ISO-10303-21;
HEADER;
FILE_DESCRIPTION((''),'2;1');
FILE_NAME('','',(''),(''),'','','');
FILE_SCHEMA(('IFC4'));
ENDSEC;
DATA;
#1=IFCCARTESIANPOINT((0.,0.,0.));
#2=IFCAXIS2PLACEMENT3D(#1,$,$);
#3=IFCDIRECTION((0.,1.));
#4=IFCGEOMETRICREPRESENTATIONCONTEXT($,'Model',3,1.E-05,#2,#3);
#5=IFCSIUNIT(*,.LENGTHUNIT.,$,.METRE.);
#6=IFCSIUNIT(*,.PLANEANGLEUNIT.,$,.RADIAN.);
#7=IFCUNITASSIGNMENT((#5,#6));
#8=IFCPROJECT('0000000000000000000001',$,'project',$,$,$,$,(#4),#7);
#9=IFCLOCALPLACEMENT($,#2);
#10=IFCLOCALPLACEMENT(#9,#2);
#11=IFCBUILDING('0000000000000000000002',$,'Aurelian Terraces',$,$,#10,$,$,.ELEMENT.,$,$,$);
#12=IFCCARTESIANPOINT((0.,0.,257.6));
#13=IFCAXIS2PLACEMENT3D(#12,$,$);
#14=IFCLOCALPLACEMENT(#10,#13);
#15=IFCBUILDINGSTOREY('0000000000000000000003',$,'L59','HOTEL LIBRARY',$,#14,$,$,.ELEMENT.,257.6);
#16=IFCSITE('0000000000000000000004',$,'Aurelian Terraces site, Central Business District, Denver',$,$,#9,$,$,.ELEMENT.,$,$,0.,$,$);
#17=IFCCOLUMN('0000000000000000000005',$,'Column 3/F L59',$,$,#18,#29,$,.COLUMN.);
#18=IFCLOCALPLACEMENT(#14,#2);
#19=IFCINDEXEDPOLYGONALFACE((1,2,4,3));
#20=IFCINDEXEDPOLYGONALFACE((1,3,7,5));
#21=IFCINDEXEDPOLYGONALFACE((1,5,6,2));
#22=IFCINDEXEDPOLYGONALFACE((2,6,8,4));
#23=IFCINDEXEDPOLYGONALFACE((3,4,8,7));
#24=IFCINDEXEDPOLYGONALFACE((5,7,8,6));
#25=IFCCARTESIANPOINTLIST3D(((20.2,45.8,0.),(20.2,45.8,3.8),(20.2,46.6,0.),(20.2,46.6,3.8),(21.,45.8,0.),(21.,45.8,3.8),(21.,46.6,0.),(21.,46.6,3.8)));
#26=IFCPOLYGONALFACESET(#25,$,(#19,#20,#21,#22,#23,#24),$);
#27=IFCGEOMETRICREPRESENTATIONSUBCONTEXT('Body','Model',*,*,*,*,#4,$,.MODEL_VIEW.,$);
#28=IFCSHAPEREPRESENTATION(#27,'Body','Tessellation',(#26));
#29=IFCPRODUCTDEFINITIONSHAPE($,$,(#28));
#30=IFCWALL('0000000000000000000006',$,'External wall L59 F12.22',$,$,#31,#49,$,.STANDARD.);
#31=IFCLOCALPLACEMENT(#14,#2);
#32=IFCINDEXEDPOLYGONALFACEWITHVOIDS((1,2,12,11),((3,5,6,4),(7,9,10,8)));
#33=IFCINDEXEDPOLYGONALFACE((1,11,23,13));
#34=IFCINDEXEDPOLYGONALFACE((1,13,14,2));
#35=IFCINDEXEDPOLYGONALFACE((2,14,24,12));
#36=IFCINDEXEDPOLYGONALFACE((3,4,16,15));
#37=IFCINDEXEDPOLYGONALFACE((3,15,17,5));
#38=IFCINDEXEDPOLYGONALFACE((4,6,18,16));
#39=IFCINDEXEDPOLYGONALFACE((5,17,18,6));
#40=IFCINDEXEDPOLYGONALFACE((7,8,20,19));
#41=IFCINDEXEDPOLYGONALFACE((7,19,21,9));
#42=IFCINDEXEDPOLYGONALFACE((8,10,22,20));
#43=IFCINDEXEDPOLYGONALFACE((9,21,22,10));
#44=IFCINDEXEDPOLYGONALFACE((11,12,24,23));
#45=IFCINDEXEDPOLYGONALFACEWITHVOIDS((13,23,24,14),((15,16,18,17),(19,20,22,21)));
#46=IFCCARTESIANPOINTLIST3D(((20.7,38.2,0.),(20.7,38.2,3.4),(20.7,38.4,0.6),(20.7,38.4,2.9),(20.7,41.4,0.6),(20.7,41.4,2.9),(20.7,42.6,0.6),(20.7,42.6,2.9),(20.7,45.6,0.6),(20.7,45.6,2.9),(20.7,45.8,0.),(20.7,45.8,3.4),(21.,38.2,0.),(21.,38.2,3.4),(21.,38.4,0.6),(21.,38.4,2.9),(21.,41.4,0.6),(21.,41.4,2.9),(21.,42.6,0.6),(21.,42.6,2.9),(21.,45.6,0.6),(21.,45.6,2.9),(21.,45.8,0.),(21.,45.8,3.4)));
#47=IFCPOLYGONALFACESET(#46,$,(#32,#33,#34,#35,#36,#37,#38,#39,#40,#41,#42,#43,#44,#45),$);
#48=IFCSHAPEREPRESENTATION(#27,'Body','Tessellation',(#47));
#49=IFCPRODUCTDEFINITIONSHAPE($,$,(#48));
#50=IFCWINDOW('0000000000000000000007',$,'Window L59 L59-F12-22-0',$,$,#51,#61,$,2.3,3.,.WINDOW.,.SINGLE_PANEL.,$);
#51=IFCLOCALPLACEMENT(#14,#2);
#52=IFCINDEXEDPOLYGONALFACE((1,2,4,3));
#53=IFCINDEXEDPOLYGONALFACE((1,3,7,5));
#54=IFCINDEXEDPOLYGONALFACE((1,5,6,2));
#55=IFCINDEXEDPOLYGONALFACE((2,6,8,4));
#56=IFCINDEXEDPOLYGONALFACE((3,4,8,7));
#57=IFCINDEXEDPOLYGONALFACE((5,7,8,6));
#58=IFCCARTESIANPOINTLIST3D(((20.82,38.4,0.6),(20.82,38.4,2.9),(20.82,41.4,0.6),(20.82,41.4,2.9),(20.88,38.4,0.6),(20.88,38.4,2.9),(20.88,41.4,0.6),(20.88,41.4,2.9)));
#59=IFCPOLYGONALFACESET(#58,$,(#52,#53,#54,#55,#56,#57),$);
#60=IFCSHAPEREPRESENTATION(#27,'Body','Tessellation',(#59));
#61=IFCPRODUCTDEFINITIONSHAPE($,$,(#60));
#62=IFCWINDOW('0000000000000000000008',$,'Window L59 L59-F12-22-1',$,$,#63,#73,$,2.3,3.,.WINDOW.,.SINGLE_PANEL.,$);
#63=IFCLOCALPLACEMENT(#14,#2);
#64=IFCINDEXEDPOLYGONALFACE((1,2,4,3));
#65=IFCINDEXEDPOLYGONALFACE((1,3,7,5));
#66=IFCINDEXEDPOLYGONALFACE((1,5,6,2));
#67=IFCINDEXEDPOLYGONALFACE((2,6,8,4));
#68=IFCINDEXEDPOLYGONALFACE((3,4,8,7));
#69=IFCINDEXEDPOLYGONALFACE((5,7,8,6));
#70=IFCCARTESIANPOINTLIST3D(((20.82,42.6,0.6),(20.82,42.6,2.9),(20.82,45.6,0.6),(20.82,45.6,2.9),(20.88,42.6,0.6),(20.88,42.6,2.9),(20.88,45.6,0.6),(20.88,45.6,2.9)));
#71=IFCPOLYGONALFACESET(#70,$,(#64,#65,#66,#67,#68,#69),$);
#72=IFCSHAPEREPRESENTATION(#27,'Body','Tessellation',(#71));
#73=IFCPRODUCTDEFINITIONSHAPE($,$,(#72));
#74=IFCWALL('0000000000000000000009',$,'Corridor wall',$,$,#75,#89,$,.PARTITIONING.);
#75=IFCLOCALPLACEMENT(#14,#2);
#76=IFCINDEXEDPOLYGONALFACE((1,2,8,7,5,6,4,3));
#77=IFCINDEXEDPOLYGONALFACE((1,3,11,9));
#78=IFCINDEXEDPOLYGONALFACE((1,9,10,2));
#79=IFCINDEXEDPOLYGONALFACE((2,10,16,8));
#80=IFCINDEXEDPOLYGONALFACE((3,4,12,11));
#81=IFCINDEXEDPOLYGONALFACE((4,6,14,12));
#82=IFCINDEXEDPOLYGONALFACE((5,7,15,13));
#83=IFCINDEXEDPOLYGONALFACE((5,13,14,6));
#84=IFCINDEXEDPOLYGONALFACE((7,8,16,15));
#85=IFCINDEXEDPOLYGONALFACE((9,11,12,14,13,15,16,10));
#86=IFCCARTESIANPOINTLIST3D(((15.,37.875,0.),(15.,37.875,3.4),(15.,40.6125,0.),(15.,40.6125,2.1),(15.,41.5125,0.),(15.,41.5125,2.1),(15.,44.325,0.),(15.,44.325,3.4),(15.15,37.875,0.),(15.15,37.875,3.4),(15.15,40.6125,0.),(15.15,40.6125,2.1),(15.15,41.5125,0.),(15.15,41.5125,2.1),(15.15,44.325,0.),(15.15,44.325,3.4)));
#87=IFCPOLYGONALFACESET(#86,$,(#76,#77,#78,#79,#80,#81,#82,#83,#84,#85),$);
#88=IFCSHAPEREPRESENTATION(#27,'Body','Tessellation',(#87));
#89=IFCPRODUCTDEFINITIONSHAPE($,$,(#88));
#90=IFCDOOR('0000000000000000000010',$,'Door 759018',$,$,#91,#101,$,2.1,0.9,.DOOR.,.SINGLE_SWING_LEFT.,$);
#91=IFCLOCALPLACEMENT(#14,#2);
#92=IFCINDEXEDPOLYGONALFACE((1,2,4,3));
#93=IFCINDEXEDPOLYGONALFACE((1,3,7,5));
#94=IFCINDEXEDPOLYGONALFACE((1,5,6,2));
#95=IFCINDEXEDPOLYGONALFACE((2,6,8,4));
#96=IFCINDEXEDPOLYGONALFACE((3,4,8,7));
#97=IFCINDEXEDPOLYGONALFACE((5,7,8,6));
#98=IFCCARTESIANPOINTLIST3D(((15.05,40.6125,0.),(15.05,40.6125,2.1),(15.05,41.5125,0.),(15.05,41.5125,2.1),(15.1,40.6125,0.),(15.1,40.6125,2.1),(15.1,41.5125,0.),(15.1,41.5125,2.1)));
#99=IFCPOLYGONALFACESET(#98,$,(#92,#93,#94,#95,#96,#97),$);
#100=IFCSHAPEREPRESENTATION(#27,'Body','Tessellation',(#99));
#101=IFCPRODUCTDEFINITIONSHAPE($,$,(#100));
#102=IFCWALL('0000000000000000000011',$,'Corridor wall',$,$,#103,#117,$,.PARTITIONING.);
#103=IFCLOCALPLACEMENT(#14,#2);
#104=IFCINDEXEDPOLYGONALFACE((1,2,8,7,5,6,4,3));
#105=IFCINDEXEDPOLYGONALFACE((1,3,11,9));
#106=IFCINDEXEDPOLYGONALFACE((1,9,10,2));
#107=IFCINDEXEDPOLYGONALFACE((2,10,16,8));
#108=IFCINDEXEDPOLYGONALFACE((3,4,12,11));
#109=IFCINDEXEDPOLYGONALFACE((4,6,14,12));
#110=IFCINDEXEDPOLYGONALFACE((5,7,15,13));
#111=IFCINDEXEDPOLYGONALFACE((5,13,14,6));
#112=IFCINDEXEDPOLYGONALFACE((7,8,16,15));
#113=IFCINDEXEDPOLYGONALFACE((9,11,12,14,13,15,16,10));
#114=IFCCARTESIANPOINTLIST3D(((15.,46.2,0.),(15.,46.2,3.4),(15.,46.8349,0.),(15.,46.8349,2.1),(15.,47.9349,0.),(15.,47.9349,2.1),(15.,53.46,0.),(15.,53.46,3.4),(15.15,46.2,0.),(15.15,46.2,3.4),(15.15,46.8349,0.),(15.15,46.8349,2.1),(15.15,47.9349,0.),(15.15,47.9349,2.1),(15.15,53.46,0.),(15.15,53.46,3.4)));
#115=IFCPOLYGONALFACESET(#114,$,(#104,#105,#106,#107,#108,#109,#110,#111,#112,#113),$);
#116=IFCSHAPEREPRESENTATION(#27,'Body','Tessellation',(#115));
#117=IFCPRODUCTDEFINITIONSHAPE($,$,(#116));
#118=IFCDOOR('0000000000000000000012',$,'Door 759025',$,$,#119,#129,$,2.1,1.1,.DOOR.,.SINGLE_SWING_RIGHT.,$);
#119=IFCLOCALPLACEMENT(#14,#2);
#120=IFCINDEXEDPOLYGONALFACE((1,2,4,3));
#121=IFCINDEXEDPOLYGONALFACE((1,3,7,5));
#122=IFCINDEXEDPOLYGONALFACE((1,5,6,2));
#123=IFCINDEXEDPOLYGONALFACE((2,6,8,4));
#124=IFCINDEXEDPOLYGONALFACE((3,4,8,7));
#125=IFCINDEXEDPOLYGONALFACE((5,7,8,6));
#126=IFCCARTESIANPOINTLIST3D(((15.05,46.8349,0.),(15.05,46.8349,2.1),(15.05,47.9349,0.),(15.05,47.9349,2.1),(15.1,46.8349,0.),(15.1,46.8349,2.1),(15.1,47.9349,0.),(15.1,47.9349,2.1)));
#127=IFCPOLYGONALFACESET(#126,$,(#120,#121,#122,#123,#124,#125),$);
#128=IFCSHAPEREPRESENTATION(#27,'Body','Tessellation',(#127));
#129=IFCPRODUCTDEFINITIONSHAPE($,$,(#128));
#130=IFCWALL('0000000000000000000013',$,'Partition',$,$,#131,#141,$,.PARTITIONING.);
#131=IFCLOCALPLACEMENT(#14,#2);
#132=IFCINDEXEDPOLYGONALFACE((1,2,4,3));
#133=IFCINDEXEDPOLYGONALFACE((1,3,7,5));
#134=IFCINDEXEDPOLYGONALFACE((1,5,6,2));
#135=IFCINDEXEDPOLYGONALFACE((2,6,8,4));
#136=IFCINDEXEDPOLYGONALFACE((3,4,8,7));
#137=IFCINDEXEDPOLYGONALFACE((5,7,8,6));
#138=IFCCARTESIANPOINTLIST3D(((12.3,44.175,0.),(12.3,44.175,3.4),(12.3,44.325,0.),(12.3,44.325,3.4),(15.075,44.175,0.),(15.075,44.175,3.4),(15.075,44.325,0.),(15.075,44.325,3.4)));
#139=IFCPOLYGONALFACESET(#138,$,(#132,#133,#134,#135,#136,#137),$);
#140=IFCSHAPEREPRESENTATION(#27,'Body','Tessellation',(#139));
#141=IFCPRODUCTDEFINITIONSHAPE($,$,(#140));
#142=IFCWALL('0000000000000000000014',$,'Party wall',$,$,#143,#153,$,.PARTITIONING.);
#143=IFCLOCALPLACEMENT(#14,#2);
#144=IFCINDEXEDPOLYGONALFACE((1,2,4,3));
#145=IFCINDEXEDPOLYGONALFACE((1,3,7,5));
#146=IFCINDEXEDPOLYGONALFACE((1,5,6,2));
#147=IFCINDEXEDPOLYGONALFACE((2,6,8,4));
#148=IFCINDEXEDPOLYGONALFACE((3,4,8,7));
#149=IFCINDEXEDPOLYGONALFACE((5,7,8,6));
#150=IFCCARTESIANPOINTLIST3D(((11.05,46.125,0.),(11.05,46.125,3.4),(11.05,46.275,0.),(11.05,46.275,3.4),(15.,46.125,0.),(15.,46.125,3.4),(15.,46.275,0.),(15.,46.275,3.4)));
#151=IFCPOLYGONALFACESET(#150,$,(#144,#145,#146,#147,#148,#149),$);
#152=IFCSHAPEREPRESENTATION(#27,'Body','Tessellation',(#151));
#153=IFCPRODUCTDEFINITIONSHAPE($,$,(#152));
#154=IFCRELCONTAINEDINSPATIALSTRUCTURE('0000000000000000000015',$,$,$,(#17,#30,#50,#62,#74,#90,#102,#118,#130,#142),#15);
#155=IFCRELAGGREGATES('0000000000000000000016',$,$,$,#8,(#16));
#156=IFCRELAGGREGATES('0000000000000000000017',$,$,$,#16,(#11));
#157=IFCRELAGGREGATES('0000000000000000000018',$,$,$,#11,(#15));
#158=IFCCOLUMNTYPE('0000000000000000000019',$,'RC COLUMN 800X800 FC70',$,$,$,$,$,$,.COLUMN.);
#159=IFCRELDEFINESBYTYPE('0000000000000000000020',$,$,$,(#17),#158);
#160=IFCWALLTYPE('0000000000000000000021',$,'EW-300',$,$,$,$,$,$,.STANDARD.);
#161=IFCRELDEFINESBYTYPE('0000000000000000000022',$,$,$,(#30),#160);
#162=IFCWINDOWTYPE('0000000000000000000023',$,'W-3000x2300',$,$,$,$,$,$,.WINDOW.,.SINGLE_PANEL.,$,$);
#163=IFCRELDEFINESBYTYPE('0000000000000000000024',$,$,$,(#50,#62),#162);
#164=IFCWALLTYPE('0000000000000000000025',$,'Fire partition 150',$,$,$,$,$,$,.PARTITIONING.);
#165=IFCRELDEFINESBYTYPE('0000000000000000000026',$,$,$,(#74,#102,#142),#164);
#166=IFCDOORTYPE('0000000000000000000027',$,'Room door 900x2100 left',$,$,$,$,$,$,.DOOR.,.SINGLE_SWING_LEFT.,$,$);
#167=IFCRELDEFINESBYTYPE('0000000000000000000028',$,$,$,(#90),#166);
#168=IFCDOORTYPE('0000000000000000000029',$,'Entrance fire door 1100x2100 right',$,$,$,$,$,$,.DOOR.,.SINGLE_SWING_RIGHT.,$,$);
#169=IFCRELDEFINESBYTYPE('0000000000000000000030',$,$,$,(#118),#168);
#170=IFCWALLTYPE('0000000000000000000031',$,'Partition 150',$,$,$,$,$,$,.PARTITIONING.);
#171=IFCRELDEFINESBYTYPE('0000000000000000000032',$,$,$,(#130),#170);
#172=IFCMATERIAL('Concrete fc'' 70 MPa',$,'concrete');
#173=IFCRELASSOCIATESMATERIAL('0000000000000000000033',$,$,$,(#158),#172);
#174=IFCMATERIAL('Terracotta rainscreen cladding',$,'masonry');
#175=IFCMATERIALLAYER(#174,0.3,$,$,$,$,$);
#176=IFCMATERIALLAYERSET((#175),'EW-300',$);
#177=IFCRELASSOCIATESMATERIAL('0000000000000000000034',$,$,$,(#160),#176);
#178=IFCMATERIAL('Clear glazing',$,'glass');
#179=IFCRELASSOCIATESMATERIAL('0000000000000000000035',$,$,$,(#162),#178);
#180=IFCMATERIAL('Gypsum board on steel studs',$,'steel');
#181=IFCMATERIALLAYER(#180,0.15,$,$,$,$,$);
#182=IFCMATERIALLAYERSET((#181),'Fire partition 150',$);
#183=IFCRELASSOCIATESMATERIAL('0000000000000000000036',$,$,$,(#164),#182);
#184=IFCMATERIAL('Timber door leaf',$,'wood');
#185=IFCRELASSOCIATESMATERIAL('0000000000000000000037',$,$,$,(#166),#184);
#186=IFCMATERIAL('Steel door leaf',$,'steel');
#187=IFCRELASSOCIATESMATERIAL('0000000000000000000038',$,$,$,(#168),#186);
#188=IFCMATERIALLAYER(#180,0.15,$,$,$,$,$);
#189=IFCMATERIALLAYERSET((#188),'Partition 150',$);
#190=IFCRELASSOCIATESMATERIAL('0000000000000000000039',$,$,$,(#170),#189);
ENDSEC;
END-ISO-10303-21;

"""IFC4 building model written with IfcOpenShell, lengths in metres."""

from ifc_helpers import new_model, si_unit, direction, frame, frame_2d, origin, origin_2d, place, context, subcontext, project, spatial, rectangle, extrude, source, transform, mapped, material, layer, layer_set, material_profile, profile_set, type_object, element, fill, save


model = new_model("IFC4")

# Units and contexts
model_context = context("Model", 3, precision=1e-05, world=origin(), true_north=direction((0.0, 1.0)))
body_context = subcontext(model_context, "Body", "Model", "MODEL_VIEW")
ifc_project = project(units=[si_unit("LENGTHUNIT", "METRE"), si_unit("PLANEANGLEUNIT", "RADIAN")], contexts=[model_context])

# Site, building, storey
site_placement = place(None, origin())
site = spatial("IfcSite", under=ifc_project, at=site_placement, Name="Aurelian Terraces site, Central Business District, Denver", CompositionType="ELEMENT", RefElevation=0.0)
building_placement = place(site_placement, origin())
building = spatial("IfcBuilding", under=site, at=building_placement, Name="Aurelian Terraces", CompositionType="ELEMENT")
storey_placement = place(building_placement, frame((0.0, 0.0, 257.6)))
storey = spatial("IfcBuildingStorey", under=building, at=storey_placement, Name="L59", Description="HOTEL LIBRARY", CompositionType="ELEMENT", Elevation=257.6)

# Column
ifc_material_1 = material(Name="Concrete fc' 70 MPa", Category="concrete")
ifc_material_profile = material_profile(ifc_material_1, rectangle(XDim=0.8, YDim=0.8, at=origin_2d()))
ifc_profile_set = profile_set([ifc_material_profile], Name="Concrete fc' 70 MPa")
column_type = type_object("IfcColumnType", Name="RC COLUMN 800X800 FC70", PredefinedType="COLUMN", material=ifc_profile_set)
shared_shape_1 = source(origin(), body_context, "Body", "SweptSolid", [
    extrude(rectangle(XDim=0.8, YDim=0.8, at=origin_2d()), origin(), (0.0, 0.0, 1.0), 3.8),
])
column_placement = place(storey_placement, frame((20.6, 46.2, 0.0), z_axis=(0.0, 0.0, 1.0), x_axis=(1.0, 0.0, 0.0)))
element("IfcColumn", 1, at=column_placement, inside=storey, type_object=column_type, Name="Column 3/F L59", PredefinedType="COLUMN", context=body_context, shape_type="MappedRepresentation", body=[
    mapped(shared_shape_1, transform((0.0, 0.0, 0.0), scale=1.0)),
])

# Wall, openings, windows
ifc_material_2 = material(Name="Terracotta rainscreen cladding", Category="masonry")
ifc_layer_1 = layer(ifc_material_2, 0.3)
ifc_layer_set_1 = layer_set([ifc_layer_1], Name="EW-300")
wall_type_1 = type_object("IfcWallType", Name="EW-300", PredefinedType="STANDARD", material=ifc_layer_set_1)
shared_shape_2 = source(origin(), body_context, "Body", "SweptSolid", [
    extrude(rectangle(XDim=7.6, YDim=0.3, at=frame_2d((3.8, 0.0))), origin(), (0.0, 0.0, 1.0), 3.4),
])
wall_1_placement = place(storey_placement, frame((20.85, 38.2, 0.0), z_axis=(0.0, 0.0, 1.0), x_axis=(0.0, 1.0, 0.0)))
wall_1 = element("IfcWall", 2, at=wall_1_placement, inside=storey, type_object=wall_type_1, Name="External wall L59 F12.22", PredefinedType="STANDARD", context=body_context, shape_type="MappedRepresentation", body=[
    mapped(shared_shape_2, transform((0.0, 0.0, 0.0), scale=1.0)),
])
shared_shape_3 = source(origin(), body_context, "Body", "SweptSolid", [
    extrude(rectangle(XDim=3.0, YDim=2.3, at=frame_2d((1.5, 1.15))), frame((0.0, 0.16, 0.0), z_axis=(0.0, -1.0, 0.0), x_axis=(1.0, 0.0, 0.0)), (0.0, 0.0, 1.0), 0.32),
])
opening_1_placement = place(wall_1_placement, frame((0.2, 0.0, 0.6)))
opening_1 = element("IfcOpeningElement", 3, at=opening_1_placement, cuts=wall_1, PredefinedType="OPENING", context=body_context, shape_type="MappedRepresentation", body=[
    mapped(shared_shape_3, transform((0.0, 0.0, 0.0), scale=1.0)),
])
opening_2_placement = place(wall_1_placement, frame((4.4, 0.0, 0.6)))
opening_2 = element("IfcOpeningElement", 4, at=opening_2_placement, cuts=wall_1, PredefinedType="OPENING", context=body_context, shape_type="MappedRepresentation", body=[
    mapped(shared_shape_3, transform((0.0, 0.0, 0.0), scale=1.0)),
])
ifc_material_3 = material(Name="Clear glazing", Category="glass")
window_type = type_object("IfcWindowType", Name="W-3000x2300", PartitioningType="SINGLE_PANEL", PredefinedType="WINDOW", material=ifc_material_3)
shared_shape_4 = source(origin(), body_context, "Body", "SweptSolid", [
    extrude(rectangle(XDim=3.0, YDim=2.3, at=frame_2d((1.5, 1.15))), frame((0.0, 0.03, 0.0), z_axis=(0.0, -1.0, 0.0), x_axis=(1.0, 0.0, 0.0)), (0.0, 0.0, 1.0), 0.06),
])
window_1_placement = place(opening_1_placement, origin())
window_1 = element("IfcWindow", 5, at=window_1_placement, inside=storey, type_object=window_type, Name="Window L59 L59-F12-22-0", OverallHeight=2.3, OverallWidth=3.0, PartitioningType="SINGLE_PANEL", PredefinedType="WINDOW", context=body_context, shape_type="MappedRepresentation", body=[
    mapped(shared_shape_4, transform((0.0, 0.0, 0.0), scale=1.0)),
])
fill(opening_1, window_1)
window_2_placement = place(opening_2_placement, origin())
window_2 = element("IfcWindow", 6, at=window_2_placement, inside=storey, type_object=window_type, Name="Window L59 L59-F12-22-1", OverallHeight=2.3, OverallWidth=3.0, PartitioningType="SINGLE_PANEL", PredefinedType="WINDOW", context=body_context, shape_type="MappedRepresentation", body=[
    mapped(shared_shape_4, transform((0.0, 0.0, 0.0), scale=1.0)),
])
fill(opening_2, window_2)

# Walls, openings, doors
ifc_material_4 = material(Name="Gypsum board on steel studs", Category="steel")
ifc_layer_2 = layer(ifc_material_4, 0.15)
ifc_layer_set_2 = layer_set([ifc_layer_2], Name="Fire partition 150")
wall_type_2 = type_object("IfcWallType", Name="Fire partition 150", PredefinedType="PARTITIONING", material=ifc_layer_set_2)
shared_shape_5 = source(origin(), body_context, "Body", "SweptSolid", [
    extrude(rectangle(XDim=6.45, YDim=0.15, at=frame_2d((3.225, 0.0))), origin(), (0.0, 0.0, 1.0), 3.4),
])
wall_2_placement = place(storey_placement, frame((15.075, 37.875, 0.0), z_axis=(0.0, 0.0, 1.0), x_axis=(0.0, 1.0, 0.0)))
wall_2 = element("IfcWall", 7, at=wall_2_placement, inside=storey, type_object=wall_type_2, Name="Corridor wall", PredefinedType="PARTITIONING", context=body_context, shape_type="MappedRepresentation", body=[
    mapped(shared_shape_5, transform((0.0, 0.0, 0.0), scale=1.0)),
])
shared_shape_6 = source(origin(), body_context, "Body", "SweptSolid", [
    extrude(rectangle(XDim=0.9, YDim=2.1, at=frame_2d((0.45, 1.05))), frame((0.0, 0.085, 0.0), z_axis=(0.0, -1.0, 0.0), x_axis=(1.0, 0.0, 0.0)), (0.0, 0.0, 1.0), 0.17),
])
opening_3_placement = place(wall_2_placement, frame((2.7375, 0.0, 0.0)))
opening_3 = element("IfcOpeningElement", 8, at=opening_3_placement, cuts=wall_2, PredefinedType="OPENING", context=body_context, shape_type="MappedRepresentation", body=[
    mapped(shared_shape_6, transform((0.0, 0.0, 0.0), scale=1.0)),
])
ifc_material_5 = material(Name="Timber door leaf", Category="wood")
door_type_1 = type_object("IfcDoorType", Name="Room door 900x2100 left", OperationType="SINGLE_SWING_LEFT", PredefinedType="DOOR", material=ifc_material_5)
shared_shape_7 = source(origin(), body_context, "Body", "SweptSolid", [
    extrude(rectangle(XDim=0.9, YDim=2.1, at=frame_2d((0.45, 1.05))), frame((0.0, 0.025, 0.0), z_axis=(0.0, -1.0, 0.0), x_axis=(1.0, 0.0, 0.0)), (0.0, 0.0, 1.0), 0.05),
])
door_1_placement = place(opening_3_placement, origin())
door_1 = element("IfcDoor", 9, at=door_1_placement, inside=storey, type_object=door_type_1, Name="Door 759018", OperationType="SINGLE_SWING_LEFT", OverallHeight=2.1, OverallWidth=0.9, PredefinedType="DOOR", context=body_context, shape_type="MappedRepresentation", body=[
    mapped(shared_shape_7, transform((0.0, 0.0, 0.0), scale=1.0)),
])
fill(opening_3, door_1)
shared_shape_8 = source(origin(), body_context, "Body", "SweptSolid", [
    extrude(rectangle(XDim=7.26, YDim=0.15, at=frame_2d((3.63, 0.0))), origin(), (0.0, 0.0, 1.0), 3.4),
])
wall_3_placement = place(storey_placement, frame((15.075, 46.2, 0.0), z_axis=(0.0, 0.0, 1.0), x_axis=(0.0, 1.0, 0.0)))
wall_3 = element("IfcWall", 10, at=wall_3_placement, inside=storey, type_object=wall_type_2, Name="Corridor wall", PredefinedType="PARTITIONING", context=body_context, shape_type="MappedRepresentation", body=[
    mapped(shared_shape_8, transform((0.0, 0.0, 0.0), scale=1.0)),
])
shared_shape_9 = source(origin(), body_context, "Body", "SweptSolid", [
    extrude(rectangle(XDim=1.1, YDim=2.1, at=frame_2d((0.55, 1.05))), frame((0.0, 0.085, 0.0), z_axis=(0.0, -1.0, 0.0), x_axis=(1.0, 0.0, 0.0)), (0.0, 0.0, 1.0), 0.17),
])
opening_4_placement = place(wall_3_placement, frame((0.6349, 0.0, 0.0)))
opening_4 = element("IfcOpeningElement", 11, at=opening_4_placement, cuts=wall_3, PredefinedType="OPENING", context=body_context, shape_type="MappedRepresentation", body=[
    mapped(shared_shape_9, transform((0.0, 0.0, 0.0), scale=1.0)),
])
ifc_material_6 = material(Name="Steel door leaf", Category="steel")
door_type_2 = type_object("IfcDoorType", Name="Entrance fire door 1100x2100 right", OperationType="SINGLE_SWING_RIGHT", PredefinedType="DOOR", material=ifc_material_6)
shared_shape_10 = source(origin(), body_context, "Body", "SweptSolid", [
    extrude(rectangle(XDim=1.1, YDim=2.1, at=frame_2d((0.55, 1.05))), frame((0.0, 0.025, 0.0), z_axis=(0.0, -1.0, 0.0), x_axis=(1.0, 0.0, 0.0)), (0.0, 0.0, 1.0), 0.05),
])
door_2_placement = place(opening_4_placement, origin())
door_2 = element("IfcDoor", 12, at=door_2_placement, inside=storey, type_object=door_type_2, Name="Door 759025", OperationType="SINGLE_SWING_RIGHT", OverallHeight=2.1, OverallWidth=1.1, PredefinedType="DOOR", context=body_context, shape_type="MappedRepresentation", body=[
    mapped(shared_shape_10, transform((0.0, 0.0, 0.0), scale=1.0)),
])
fill(opening_4, door_2)

# Walls
ifc_layer_3 = layer(ifc_material_4, 0.15)
ifc_layer_set_3 = layer_set([ifc_layer_3], Name="Partition 150")
wall_type_3 = type_object("IfcWallType", Name="Partition 150", PredefinedType="PARTITIONING", material=ifc_layer_set_3)
shared_shape_11 = source(origin(), body_context, "Body", "SweptSolid", [
    extrude(rectangle(XDim=2.775, YDim=0.15, at=frame_2d((1.3875, 0.0))), origin(), (0.0, 0.0, 1.0), 3.4),
])
wall_4_placement = place(storey_placement, frame((15.075, 44.25, 0.0), z_axis=(0.0, 0.0, 1.0), x_axis=(-1.0, 0.0, 0.0)))
element("IfcWall", 13, at=wall_4_placement, inside=storey, type_object=wall_type_3, Name="Partition", PredefinedType="PARTITIONING", context=body_context, shape_type="MappedRepresentation", body=[
    mapped(shared_shape_11, transform((0.0, 0.0, 0.0), scale=1.0)),
])
shared_shape_12 = source(origin(), body_context, "Body", "SweptSolid", [
    extrude(rectangle(XDim=3.95, YDim=0.15, at=frame_2d((1.975, 0.0))), origin(), (0.0, 0.0, 1.0), 3.4),
])
wall_5_placement = place(storey_placement, frame((15.0, 46.2, 0.0), z_axis=(0.0, 0.0, 1.0), x_axis=(-1.0, 0.0, 0.0)))
element("IfcWall", 14, at=wall_5_placement, inside=storey, type_object=wall_type_2, Name="Party wall", PredefinedType="PARTITIONING", context=body_context, shape_type="MappedRepresentation", body=[
    mapped(shared_shape_12, transform((0.0, 0.0, 0.0), scale=1.0)),
])

save(model, "model.ifc")
